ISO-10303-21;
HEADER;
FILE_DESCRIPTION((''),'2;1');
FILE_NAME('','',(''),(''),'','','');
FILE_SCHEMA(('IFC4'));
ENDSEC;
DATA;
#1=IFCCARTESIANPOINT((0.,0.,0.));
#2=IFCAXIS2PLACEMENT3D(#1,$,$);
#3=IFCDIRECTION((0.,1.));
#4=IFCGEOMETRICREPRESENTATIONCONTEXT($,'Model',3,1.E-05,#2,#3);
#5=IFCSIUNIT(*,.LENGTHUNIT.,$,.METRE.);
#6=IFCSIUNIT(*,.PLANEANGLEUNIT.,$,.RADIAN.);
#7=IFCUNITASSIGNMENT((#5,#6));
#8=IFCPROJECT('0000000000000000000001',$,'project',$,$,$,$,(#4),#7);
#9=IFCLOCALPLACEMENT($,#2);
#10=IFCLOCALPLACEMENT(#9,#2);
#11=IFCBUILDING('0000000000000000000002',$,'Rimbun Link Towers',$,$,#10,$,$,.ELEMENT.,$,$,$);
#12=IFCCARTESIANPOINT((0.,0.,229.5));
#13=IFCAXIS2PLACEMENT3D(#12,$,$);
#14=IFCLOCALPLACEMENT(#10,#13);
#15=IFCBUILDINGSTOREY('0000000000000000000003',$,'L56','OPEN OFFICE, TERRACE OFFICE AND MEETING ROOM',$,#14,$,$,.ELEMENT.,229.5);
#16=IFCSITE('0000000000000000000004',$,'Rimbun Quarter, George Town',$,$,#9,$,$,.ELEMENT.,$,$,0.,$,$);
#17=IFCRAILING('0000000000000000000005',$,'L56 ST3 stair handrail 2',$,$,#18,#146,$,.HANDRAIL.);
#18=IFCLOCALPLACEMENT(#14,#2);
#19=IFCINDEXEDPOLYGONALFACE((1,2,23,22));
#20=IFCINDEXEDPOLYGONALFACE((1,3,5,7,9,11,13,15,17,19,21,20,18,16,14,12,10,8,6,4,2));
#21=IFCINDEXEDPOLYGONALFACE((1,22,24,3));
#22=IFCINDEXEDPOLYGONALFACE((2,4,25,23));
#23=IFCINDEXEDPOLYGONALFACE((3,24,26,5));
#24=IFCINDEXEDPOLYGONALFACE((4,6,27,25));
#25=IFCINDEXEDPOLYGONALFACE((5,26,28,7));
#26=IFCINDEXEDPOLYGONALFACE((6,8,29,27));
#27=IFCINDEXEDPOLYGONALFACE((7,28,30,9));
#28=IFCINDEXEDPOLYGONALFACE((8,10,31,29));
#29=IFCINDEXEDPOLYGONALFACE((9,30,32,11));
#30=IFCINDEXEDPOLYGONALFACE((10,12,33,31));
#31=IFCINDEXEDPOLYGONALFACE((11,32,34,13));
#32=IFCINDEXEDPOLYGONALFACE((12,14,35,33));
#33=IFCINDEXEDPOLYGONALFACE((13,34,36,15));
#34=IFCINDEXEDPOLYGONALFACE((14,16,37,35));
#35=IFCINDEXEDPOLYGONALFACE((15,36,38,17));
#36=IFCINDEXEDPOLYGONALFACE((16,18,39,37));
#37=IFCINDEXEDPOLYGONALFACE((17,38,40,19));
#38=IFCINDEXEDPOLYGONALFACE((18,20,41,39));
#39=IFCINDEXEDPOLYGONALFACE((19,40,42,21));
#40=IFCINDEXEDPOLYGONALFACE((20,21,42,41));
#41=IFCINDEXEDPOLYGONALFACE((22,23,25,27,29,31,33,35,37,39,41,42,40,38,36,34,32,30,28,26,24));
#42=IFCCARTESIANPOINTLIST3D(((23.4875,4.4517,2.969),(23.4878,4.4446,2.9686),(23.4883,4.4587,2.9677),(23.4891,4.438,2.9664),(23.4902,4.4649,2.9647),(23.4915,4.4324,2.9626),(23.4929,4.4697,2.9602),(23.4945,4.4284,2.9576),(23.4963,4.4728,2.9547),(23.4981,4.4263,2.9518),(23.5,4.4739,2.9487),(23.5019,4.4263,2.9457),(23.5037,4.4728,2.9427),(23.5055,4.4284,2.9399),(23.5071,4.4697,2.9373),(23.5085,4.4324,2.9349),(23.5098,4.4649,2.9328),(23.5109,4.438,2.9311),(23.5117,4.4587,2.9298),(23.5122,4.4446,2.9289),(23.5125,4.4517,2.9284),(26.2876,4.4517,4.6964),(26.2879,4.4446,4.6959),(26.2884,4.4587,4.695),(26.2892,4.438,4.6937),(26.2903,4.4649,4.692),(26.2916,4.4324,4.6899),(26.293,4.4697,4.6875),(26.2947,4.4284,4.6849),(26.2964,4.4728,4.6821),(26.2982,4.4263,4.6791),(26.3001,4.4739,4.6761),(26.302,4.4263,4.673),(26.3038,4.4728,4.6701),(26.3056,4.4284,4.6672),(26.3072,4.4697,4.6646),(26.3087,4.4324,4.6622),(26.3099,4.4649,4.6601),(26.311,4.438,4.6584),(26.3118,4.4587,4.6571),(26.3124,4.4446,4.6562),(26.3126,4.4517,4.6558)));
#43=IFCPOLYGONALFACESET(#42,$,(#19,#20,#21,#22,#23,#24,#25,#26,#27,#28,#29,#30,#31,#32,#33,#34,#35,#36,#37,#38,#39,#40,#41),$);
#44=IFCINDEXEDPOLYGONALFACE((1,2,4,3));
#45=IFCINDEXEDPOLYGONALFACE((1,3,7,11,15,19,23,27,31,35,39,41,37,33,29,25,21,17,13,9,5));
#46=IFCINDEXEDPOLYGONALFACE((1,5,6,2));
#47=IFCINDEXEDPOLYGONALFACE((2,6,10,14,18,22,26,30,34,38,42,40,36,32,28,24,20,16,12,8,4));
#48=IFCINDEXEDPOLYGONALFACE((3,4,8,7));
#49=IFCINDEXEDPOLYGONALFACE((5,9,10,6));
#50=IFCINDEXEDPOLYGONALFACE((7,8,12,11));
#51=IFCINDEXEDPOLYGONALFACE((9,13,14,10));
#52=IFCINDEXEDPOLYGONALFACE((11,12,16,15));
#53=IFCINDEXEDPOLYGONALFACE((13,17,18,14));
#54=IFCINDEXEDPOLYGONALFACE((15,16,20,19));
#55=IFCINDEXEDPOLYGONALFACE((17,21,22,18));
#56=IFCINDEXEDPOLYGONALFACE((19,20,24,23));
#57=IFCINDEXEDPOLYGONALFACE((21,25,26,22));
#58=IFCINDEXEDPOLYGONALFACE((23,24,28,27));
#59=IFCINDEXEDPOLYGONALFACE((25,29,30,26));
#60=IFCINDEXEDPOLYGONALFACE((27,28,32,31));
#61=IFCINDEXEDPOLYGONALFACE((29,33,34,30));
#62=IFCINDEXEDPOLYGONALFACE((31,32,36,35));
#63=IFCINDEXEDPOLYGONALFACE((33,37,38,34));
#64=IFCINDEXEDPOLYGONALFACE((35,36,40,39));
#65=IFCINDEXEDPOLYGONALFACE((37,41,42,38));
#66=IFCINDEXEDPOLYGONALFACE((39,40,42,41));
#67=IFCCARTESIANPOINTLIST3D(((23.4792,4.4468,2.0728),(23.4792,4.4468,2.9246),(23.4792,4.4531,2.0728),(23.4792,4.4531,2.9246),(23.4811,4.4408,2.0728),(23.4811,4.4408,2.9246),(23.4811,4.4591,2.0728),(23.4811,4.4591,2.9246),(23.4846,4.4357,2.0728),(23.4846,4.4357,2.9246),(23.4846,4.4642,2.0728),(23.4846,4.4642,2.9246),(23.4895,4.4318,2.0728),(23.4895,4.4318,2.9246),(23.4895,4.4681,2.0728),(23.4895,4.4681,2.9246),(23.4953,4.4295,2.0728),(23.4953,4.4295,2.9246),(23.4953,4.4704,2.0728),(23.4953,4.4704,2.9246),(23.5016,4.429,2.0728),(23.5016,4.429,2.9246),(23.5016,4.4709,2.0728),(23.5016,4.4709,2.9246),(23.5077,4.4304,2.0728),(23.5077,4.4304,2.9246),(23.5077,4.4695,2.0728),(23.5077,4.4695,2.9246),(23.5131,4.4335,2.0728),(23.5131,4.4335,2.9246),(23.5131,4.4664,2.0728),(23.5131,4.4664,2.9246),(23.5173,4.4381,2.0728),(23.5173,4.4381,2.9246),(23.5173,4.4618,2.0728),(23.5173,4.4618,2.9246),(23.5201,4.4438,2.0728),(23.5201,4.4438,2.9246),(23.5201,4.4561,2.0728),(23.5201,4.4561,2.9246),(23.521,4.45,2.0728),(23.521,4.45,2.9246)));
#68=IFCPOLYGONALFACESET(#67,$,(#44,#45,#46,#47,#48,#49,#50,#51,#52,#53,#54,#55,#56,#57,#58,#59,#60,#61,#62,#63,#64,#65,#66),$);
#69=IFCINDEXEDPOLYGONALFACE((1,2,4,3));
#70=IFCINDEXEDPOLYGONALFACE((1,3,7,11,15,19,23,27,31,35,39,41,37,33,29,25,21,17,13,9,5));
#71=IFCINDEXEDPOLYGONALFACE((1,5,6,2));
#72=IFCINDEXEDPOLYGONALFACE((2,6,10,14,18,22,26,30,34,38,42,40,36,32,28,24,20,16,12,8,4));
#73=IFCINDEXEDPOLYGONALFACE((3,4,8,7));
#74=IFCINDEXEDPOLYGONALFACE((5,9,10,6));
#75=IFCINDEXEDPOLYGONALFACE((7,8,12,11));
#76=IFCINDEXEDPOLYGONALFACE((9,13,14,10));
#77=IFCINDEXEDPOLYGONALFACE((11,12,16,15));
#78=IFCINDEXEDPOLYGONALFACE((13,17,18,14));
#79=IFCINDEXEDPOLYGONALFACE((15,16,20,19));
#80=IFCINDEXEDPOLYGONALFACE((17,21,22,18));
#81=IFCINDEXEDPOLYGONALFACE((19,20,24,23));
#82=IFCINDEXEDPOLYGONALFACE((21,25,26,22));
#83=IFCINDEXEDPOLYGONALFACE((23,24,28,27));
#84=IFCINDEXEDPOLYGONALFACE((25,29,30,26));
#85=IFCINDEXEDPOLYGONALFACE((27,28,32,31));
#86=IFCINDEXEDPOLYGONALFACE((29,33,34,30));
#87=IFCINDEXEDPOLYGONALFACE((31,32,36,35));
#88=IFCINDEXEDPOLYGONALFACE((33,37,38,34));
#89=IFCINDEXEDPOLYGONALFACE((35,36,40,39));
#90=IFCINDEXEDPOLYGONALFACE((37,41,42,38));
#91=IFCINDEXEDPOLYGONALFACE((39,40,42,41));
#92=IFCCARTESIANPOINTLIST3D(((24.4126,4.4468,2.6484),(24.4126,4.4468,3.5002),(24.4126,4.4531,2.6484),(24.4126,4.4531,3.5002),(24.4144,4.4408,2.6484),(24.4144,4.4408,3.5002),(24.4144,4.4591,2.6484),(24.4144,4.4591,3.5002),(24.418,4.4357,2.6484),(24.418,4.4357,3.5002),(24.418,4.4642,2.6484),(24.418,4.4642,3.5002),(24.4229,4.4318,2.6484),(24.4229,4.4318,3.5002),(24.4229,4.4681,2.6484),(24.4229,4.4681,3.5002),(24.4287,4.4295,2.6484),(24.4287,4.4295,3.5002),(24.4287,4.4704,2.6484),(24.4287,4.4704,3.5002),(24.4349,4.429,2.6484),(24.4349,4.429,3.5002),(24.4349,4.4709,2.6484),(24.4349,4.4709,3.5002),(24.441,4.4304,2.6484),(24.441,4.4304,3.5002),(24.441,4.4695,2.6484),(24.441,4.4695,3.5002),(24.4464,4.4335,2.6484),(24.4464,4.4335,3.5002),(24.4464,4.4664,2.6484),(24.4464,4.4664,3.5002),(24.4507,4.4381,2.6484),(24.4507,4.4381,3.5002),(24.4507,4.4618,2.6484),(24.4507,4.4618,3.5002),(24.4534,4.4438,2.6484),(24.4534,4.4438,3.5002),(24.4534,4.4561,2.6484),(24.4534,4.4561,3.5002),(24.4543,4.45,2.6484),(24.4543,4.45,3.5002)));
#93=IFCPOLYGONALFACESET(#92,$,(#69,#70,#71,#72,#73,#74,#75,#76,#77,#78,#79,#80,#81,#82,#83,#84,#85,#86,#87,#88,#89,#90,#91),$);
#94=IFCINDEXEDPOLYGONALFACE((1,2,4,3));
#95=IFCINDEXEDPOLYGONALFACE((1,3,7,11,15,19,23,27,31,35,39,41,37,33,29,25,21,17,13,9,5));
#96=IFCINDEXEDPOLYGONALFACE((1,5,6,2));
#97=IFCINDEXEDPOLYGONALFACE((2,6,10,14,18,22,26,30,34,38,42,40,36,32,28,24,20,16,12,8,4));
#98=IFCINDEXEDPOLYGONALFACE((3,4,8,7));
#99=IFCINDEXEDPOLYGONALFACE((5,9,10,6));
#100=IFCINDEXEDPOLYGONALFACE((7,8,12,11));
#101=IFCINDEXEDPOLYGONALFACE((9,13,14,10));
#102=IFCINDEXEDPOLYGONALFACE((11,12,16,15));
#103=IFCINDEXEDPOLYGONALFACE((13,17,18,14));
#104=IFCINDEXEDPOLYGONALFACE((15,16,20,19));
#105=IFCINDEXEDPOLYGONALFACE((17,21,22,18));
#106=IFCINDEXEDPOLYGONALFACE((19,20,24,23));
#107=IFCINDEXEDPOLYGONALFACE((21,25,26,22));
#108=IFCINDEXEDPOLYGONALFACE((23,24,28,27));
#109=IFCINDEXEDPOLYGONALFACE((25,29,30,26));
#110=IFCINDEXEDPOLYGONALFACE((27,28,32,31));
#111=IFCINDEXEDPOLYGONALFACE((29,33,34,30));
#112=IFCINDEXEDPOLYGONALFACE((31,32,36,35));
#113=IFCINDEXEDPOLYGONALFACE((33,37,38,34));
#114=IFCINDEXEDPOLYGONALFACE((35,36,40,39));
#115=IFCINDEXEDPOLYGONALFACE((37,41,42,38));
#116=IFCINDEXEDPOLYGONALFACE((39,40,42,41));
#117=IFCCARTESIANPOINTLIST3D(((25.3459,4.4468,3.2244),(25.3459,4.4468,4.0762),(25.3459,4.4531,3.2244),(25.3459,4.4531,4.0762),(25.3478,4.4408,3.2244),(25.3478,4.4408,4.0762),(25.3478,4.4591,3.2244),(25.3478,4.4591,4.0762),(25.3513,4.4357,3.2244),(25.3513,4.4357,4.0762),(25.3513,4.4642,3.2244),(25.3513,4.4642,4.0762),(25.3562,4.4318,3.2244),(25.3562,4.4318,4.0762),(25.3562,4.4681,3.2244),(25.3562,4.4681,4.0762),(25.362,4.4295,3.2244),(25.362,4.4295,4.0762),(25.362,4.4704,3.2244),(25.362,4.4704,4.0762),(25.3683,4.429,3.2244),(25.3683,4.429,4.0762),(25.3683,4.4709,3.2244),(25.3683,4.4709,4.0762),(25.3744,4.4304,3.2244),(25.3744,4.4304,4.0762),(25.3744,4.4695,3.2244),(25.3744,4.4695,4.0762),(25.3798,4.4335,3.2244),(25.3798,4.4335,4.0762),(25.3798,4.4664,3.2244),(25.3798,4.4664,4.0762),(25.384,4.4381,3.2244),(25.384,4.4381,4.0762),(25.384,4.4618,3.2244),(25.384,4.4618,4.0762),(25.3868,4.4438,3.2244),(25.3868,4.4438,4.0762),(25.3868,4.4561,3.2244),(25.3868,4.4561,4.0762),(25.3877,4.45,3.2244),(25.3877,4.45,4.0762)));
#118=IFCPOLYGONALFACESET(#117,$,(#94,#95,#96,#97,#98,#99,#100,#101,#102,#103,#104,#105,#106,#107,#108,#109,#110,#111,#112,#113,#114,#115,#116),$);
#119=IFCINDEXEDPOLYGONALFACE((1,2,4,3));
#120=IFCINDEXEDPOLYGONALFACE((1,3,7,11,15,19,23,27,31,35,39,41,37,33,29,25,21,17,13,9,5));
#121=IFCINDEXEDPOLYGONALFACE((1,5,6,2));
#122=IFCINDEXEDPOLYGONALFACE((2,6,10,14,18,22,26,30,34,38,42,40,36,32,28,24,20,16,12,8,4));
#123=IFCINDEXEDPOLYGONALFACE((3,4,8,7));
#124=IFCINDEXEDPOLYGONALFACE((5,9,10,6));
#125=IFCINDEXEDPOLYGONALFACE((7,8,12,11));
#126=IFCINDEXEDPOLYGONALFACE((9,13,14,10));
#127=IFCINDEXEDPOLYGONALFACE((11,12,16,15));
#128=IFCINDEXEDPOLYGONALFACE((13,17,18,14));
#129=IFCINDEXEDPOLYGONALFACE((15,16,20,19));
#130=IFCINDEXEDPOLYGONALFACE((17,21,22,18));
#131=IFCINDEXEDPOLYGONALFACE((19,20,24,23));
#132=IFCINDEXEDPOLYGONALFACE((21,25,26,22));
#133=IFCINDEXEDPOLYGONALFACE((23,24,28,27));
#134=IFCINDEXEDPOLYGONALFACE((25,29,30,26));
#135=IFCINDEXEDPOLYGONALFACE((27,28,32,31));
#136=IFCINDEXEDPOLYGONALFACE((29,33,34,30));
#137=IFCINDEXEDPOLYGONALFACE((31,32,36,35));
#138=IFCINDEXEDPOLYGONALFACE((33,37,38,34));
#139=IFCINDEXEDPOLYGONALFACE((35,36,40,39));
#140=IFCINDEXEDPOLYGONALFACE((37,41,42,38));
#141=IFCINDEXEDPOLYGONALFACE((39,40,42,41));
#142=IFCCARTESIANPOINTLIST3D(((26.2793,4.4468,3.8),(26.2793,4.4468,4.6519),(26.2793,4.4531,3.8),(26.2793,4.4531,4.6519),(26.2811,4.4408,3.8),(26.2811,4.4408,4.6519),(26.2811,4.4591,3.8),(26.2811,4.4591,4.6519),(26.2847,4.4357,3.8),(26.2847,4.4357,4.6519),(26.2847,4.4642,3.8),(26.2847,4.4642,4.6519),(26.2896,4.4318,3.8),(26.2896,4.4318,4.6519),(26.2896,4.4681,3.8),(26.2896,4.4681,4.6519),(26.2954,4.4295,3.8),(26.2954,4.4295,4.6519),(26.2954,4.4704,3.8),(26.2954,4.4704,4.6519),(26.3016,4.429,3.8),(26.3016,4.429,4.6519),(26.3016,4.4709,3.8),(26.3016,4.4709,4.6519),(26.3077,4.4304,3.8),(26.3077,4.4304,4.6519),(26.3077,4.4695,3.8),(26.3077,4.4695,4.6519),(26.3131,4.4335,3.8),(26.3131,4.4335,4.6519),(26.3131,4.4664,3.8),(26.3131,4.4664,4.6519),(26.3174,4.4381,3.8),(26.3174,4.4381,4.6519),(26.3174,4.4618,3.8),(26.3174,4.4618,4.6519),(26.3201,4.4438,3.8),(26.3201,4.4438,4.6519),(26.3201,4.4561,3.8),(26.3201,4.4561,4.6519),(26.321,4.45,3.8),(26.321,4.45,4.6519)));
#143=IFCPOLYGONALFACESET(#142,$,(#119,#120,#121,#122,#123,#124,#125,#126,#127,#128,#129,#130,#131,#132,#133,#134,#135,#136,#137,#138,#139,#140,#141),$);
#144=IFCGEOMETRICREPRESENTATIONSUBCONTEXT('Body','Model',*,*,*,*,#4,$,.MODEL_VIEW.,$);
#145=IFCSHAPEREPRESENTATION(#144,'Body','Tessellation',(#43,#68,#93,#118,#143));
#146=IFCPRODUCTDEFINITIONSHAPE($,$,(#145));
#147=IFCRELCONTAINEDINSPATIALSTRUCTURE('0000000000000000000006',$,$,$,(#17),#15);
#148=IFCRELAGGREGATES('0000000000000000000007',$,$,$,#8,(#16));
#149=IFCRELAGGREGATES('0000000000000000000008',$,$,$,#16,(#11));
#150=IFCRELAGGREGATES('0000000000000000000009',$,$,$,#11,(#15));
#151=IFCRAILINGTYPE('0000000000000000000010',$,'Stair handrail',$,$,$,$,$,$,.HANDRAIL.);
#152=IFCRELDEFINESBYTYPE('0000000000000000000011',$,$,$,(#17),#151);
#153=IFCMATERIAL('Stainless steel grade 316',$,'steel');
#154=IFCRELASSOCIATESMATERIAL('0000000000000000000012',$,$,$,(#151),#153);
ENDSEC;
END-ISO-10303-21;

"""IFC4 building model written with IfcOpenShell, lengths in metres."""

from ifc_helpers import new_model, si_unit, direction, frame, origin, origin_2d, place, context, subcontext, project, spatial, circle, extrude, material, type_object, element, save


model = new_model("IFC4")

# Units and contexts
model_context = context("Model", 3, precision=1e-05, world=origin(), true_north=direction((0.0, 1.0)))
body_context = subcontext(model_context, "Body", "Model", "MODEL_VIEW")
ifc_project = project(units=[si_unit("LENGTHUNIT", "METRE"), si_unit("PLANEANGLEUNIT", "RADIAN")], contexts=[model_context])

# Site, building, storey
site_placement = place(None, origin())
site = spatial("IfcSite", under=ifc_project, at=site_placement, Name="Rimbun Quarter, George Town", CompositionType="ELEMENT", RefElevation=0.0)
building_placement = place(site_placement, origin())
building = spatial("IfcBuilding", under=site, at=building_placement, Name="Rimbun Link Towers", CompositionType="ELEMENT")
storey_placement = place(building_placement, frame((0.0, 0.0, 229.5)))
storey = spatial("IfcBuildingStorey", under=building, at=storey_placement, Name="L56", Description="OPEN OFFICE, TERRACE OFFICE AND MEETING ROOM", CompositionType="ELEMENT", Elevation=229.5)

# Railing
ifc_material_1 = material(Name="Stainless steel grade 316", Category="steel")
railing_type_1 = type_object("IfcRailingType", Name="Stair handrail", PredefinedType="HANDRAIL", material=ifc_material_1)
railing_1_placement = place(storey_placement, frame((23.5, 4.45, 2.0728)))
element("IfcRailing", 1, at=railing_1_placement, inside=storey, type_object=railing_type_1, Name="L56 ST3 stair handrail 2", PredefinedType="HANDRAIL", context=body_context, shape_type="SweptSolid", body=[
    extrude(circle(Radius=0.0239, at=origin_2d()), frame((0.0, 0.0, 0.876), z_axis=(0.85109, 0.0, 0.52502), x_axis=(0.0, 1.0, 0.0)), (0.0, 0.0, 1.0), 3.29),
    extrude(circle(Radius=0.021, at=origin_2d()), origin(), (0.0, 0.0, 1.0), 0.8518),
    extrude(circle(Radius=0.021, at=origin_2d()), frame((0.9333, 0.0, 0.5757)), (0.0, 0.0, 1.0), 0.8518),
    extrude(circle(Radius=0.021, at=origin_2d()), frame((1.8667, 0.0, 1.1516)), (0.0, 0.0, 1.0), 0.8518),
    extrude(circle(Radius=0.021, at=origin_2d()), frame((2.8, 0.0, 1.7273)), (0.0, 0.0, 1.0), 0.8518),
])

save(model, "model.ifc")
